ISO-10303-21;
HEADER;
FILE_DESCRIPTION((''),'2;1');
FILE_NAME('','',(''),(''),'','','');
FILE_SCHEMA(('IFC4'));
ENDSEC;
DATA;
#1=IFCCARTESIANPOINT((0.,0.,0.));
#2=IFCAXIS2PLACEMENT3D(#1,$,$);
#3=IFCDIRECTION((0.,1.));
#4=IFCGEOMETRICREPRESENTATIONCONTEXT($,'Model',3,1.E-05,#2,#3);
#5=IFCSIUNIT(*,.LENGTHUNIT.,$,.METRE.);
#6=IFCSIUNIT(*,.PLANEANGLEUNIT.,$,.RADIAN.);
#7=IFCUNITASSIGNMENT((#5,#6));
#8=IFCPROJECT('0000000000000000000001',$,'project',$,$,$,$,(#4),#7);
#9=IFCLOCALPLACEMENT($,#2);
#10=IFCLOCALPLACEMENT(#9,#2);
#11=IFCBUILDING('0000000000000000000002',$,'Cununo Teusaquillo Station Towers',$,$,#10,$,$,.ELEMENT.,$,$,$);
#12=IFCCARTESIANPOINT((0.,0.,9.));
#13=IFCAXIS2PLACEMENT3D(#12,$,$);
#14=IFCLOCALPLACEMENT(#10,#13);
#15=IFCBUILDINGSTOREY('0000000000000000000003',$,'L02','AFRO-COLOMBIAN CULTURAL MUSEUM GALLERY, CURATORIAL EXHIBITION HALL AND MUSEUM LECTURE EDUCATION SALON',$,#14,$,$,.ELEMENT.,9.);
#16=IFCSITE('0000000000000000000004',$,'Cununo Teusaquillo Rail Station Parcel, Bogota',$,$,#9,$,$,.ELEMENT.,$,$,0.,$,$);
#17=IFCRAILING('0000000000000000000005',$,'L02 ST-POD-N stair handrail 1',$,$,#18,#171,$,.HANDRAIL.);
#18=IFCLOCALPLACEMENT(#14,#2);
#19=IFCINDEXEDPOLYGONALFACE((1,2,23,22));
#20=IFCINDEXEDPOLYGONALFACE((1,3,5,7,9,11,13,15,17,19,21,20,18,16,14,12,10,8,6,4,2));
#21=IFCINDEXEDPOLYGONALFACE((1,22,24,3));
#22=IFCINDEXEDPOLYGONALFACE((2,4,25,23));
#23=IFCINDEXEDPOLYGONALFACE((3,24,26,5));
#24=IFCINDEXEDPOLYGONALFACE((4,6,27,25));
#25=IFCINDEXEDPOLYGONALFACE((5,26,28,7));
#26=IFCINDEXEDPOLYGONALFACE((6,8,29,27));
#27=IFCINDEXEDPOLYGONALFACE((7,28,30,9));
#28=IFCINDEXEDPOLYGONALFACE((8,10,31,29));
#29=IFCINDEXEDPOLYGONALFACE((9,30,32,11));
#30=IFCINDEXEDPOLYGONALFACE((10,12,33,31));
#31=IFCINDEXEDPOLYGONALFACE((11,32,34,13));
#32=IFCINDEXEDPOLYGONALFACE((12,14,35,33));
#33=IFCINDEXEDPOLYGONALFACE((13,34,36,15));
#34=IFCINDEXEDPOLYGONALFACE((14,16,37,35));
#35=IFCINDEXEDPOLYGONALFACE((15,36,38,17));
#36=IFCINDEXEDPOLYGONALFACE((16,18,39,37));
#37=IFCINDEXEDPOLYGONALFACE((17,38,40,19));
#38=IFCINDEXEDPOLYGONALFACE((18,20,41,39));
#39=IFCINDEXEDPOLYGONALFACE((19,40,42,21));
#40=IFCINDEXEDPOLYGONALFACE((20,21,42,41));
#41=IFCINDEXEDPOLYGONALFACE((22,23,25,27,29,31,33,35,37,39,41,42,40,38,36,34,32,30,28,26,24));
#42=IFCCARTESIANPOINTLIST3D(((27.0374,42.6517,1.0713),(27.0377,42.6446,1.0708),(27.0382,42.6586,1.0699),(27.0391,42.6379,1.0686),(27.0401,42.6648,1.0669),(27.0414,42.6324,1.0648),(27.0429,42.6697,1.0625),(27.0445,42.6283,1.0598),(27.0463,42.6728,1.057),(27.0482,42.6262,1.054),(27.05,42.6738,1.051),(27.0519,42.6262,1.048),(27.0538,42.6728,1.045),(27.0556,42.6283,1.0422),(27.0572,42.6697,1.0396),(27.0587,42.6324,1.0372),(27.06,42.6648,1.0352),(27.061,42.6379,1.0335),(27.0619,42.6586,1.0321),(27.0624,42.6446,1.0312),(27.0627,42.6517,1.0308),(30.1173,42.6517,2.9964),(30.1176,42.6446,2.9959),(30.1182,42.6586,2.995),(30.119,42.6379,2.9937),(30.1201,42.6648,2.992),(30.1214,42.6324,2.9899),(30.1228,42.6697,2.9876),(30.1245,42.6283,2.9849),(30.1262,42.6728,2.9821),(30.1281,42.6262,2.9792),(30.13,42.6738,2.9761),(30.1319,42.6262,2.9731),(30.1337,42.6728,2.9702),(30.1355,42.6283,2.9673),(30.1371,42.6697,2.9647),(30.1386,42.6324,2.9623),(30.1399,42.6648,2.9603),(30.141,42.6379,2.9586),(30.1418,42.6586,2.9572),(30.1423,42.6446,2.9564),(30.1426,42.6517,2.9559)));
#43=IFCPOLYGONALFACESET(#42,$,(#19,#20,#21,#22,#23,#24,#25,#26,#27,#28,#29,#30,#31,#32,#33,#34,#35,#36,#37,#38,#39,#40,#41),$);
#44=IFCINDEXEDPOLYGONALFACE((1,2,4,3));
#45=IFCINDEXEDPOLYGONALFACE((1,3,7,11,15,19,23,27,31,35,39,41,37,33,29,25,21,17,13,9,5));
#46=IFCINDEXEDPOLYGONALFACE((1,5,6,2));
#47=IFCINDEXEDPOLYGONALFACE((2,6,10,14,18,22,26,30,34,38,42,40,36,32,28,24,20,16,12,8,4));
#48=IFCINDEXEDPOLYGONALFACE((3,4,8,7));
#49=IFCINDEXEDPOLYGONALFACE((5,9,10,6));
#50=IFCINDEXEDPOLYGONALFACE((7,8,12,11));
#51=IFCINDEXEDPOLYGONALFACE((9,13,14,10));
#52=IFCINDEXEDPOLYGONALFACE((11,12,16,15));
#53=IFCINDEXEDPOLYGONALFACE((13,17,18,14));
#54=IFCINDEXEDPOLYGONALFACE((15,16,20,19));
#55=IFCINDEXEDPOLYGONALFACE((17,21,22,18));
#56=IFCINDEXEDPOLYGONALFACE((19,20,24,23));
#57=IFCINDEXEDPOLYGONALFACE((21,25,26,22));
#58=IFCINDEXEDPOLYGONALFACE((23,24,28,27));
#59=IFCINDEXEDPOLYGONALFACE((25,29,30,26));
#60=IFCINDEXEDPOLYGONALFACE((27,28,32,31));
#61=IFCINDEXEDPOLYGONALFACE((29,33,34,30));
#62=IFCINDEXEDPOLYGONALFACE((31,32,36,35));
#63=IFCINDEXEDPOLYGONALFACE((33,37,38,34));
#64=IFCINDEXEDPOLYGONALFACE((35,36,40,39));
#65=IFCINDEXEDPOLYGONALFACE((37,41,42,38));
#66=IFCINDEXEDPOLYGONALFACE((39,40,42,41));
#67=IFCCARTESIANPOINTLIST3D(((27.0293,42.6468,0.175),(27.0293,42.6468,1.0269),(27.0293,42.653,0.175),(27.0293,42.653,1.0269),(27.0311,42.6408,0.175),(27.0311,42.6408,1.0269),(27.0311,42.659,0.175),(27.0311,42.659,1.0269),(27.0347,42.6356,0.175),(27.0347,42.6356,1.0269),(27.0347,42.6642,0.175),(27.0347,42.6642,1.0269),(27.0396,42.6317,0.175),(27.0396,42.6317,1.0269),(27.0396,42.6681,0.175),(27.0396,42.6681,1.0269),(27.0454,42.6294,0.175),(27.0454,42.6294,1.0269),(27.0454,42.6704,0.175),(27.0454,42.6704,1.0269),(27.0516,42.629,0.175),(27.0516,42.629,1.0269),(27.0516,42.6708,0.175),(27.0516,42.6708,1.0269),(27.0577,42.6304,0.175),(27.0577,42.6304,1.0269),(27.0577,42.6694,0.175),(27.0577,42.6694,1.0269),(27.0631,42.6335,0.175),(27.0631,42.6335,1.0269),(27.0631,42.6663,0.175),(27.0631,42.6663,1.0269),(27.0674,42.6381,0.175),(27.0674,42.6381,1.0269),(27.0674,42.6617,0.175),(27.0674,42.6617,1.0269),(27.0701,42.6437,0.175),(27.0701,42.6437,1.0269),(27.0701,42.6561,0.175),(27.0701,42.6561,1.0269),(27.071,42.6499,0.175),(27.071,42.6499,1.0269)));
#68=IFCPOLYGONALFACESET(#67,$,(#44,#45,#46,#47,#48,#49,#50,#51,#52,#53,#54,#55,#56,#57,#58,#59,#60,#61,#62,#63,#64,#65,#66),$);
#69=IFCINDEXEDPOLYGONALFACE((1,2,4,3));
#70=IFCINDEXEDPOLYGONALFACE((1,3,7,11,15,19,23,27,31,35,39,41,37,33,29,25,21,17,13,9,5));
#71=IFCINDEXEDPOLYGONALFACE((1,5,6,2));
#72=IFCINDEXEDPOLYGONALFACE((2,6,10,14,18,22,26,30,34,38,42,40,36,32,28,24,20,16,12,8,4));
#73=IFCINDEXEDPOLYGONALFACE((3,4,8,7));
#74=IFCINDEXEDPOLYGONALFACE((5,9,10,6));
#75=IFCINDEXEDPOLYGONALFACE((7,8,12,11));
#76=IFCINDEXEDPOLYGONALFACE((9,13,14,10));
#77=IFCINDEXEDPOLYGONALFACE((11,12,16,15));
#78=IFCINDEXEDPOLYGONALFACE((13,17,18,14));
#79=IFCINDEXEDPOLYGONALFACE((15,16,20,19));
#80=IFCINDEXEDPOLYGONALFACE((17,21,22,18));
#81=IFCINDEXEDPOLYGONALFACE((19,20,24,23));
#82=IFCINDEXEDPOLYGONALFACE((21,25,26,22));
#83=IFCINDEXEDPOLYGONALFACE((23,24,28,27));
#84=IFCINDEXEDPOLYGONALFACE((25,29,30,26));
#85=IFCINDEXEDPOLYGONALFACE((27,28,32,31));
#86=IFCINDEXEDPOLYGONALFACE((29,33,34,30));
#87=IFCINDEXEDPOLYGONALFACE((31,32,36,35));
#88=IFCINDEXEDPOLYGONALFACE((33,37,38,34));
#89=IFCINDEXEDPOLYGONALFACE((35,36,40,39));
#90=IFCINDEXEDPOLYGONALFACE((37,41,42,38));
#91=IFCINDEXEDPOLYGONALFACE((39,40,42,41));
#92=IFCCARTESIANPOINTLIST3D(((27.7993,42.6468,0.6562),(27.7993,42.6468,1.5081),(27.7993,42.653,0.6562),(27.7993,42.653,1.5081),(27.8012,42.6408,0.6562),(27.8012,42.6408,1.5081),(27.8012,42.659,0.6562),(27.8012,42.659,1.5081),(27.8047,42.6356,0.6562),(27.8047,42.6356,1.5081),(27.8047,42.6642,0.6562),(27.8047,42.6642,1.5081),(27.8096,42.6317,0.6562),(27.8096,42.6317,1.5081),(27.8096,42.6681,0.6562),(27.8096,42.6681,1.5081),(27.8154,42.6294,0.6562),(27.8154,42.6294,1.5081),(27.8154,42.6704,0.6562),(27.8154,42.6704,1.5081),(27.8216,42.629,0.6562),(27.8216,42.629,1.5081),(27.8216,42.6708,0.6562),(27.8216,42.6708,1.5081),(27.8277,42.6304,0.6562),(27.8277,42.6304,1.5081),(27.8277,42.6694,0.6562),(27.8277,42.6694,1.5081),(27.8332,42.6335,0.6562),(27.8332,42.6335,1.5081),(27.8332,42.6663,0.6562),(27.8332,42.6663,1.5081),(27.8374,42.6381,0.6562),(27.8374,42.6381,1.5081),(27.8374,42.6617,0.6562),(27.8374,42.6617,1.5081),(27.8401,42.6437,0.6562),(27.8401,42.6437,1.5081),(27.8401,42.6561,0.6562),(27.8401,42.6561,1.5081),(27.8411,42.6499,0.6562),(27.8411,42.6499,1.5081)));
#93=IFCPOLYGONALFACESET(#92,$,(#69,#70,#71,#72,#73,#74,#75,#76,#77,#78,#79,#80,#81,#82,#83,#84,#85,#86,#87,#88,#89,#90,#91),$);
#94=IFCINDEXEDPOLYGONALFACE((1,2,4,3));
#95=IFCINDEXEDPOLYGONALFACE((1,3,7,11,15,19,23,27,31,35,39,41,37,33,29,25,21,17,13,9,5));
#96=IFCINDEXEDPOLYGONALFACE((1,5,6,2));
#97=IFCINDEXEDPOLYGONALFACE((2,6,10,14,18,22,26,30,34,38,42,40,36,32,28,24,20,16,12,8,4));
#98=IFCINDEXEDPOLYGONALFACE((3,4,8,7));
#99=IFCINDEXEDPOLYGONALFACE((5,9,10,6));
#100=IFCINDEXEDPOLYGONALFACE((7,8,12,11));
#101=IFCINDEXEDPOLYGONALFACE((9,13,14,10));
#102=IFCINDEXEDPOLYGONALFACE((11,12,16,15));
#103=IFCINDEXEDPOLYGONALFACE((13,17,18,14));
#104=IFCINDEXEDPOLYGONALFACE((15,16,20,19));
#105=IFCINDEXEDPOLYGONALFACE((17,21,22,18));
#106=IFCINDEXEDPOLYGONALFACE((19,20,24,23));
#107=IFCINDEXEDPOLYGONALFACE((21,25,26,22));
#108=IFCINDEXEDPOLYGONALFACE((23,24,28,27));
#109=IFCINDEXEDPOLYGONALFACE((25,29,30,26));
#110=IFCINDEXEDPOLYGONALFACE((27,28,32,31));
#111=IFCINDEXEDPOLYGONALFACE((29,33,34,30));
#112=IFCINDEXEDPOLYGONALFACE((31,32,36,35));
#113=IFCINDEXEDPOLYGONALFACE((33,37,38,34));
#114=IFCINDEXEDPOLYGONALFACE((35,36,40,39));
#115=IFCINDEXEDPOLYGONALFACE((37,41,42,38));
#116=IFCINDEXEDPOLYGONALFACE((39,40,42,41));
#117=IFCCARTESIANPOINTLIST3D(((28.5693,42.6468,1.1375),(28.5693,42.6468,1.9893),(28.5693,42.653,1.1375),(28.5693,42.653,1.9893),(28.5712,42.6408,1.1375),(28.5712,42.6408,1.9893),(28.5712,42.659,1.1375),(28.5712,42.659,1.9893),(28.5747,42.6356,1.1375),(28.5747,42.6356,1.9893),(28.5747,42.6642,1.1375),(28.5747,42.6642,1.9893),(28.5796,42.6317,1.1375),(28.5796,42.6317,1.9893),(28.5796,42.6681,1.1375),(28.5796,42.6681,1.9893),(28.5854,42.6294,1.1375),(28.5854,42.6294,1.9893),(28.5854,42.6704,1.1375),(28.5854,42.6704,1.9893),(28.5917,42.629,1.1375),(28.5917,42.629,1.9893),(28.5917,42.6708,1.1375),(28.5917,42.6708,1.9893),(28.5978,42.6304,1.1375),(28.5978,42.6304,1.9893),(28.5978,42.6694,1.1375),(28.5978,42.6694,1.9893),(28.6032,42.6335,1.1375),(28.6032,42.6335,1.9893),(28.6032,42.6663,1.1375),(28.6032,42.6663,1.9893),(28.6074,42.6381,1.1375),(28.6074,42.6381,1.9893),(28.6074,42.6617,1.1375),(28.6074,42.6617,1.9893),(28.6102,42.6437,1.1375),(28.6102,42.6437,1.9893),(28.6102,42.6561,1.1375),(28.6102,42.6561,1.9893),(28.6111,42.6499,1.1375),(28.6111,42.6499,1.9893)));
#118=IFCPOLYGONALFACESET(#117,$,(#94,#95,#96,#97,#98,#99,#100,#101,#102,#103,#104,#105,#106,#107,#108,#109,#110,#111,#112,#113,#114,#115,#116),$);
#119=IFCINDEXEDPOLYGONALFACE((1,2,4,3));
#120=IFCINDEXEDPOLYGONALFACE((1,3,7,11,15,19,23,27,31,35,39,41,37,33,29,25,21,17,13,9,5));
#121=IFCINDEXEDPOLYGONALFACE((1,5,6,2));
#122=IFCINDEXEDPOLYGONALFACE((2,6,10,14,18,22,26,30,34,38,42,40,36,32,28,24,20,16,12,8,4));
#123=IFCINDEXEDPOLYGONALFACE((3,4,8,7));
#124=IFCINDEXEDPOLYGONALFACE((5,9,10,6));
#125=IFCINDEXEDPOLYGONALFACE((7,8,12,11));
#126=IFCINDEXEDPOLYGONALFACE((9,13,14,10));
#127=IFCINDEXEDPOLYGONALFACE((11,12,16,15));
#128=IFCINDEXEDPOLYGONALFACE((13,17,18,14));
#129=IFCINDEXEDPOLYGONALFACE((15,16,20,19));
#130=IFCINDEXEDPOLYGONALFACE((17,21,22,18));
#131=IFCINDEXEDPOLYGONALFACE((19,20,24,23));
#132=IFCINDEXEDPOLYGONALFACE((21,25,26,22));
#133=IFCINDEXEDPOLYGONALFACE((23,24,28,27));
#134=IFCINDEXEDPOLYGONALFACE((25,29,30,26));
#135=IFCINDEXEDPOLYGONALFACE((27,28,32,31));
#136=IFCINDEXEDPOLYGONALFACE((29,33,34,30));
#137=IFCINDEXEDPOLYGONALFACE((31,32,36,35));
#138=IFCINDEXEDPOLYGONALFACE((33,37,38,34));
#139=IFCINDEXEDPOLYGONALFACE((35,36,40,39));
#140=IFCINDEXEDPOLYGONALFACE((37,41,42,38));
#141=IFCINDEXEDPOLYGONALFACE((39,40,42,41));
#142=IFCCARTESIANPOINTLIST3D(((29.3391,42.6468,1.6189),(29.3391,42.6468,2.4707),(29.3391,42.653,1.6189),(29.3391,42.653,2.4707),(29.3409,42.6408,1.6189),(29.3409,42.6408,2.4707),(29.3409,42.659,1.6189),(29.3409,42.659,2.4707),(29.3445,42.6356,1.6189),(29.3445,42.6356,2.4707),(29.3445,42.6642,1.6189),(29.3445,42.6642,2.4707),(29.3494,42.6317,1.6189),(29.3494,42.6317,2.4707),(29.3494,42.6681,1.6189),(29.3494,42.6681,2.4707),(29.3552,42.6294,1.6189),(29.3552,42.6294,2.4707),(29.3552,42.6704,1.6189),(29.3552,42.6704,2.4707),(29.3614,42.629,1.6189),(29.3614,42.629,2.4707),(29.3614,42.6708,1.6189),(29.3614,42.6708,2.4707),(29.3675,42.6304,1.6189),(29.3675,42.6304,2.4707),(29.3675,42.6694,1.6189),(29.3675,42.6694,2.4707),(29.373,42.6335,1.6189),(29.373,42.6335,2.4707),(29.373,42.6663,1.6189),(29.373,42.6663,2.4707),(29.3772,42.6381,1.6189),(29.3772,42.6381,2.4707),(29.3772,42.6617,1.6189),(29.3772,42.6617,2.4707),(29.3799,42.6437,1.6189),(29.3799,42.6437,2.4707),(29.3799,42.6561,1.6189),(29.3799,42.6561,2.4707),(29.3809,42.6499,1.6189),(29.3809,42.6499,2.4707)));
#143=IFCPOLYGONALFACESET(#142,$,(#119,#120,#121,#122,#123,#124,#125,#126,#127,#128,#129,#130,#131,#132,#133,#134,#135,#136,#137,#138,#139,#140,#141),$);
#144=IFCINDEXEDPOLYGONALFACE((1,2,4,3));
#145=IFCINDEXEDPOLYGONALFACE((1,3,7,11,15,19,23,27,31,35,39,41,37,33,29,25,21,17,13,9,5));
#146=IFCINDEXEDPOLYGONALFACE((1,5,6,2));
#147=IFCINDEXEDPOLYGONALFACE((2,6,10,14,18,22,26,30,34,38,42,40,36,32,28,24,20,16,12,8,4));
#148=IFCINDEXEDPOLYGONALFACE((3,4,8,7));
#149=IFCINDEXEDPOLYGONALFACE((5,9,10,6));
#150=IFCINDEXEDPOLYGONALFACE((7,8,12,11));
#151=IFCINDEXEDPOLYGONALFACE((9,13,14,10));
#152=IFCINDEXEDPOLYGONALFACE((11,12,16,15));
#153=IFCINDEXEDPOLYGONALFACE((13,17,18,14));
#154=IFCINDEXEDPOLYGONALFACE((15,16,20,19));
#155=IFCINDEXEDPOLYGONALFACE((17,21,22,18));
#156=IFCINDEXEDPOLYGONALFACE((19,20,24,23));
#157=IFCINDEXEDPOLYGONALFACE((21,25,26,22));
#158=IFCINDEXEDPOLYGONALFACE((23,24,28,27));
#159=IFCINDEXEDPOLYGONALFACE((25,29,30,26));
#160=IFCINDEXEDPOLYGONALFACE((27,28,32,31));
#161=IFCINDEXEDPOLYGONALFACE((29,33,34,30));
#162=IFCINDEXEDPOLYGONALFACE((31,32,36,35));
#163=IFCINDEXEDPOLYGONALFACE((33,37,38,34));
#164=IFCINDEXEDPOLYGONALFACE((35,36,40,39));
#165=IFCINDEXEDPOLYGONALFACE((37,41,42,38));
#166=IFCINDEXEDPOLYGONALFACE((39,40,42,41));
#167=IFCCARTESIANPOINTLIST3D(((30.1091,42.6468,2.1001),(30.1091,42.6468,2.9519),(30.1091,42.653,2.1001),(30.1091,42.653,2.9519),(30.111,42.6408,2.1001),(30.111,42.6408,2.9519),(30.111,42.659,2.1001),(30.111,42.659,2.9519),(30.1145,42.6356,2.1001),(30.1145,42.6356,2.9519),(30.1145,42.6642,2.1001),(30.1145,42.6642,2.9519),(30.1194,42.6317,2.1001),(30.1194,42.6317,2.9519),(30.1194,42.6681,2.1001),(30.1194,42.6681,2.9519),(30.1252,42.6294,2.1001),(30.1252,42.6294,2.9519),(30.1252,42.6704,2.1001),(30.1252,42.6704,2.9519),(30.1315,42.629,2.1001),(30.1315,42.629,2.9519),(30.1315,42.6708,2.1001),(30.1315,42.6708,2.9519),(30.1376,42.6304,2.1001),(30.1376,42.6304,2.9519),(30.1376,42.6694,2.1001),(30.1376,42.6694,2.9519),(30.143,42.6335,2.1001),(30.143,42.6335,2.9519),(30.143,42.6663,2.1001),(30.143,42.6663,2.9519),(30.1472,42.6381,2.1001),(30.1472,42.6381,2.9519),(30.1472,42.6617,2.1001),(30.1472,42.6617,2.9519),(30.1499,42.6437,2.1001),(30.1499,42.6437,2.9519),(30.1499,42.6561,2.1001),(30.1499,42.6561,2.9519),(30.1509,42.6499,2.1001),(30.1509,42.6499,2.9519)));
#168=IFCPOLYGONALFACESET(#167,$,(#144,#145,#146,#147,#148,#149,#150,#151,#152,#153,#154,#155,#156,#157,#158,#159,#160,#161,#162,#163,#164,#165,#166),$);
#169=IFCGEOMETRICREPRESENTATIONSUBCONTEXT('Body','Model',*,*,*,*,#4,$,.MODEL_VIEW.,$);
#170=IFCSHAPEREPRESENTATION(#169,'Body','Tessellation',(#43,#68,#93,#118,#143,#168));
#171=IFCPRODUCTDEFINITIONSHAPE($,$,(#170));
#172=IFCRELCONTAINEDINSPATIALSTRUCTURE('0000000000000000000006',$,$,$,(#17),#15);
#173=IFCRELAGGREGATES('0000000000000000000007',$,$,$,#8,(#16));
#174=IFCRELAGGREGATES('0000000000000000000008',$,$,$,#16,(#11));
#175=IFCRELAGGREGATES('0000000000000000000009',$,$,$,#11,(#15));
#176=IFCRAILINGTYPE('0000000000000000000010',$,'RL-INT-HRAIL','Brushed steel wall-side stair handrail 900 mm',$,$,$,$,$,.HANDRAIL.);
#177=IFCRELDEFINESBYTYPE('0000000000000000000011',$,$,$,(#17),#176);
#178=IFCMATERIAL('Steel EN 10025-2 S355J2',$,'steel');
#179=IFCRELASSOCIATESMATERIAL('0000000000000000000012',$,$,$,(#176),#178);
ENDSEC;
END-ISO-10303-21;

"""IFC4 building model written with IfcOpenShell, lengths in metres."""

from ifc_helpers import new_model, si_unit, direction, frame, origin, origin_2d, place, context, subcontext, project, spatial, circle, extrude, material, type_object, element, save


model = new_model("IFC4")

# Units and contexts
model_context = context("Model", 3, precision=1e-05, world=origin(), true_north=direction((0.0, 1.0)))
body_context = subcontext(model_context, "Body", "Model", "MODEL_VIEW")
ifc_project = project(units=[si_unit("LENGTHUNIT", "METRE"), si_unit("PLANEANGLEUNIT", "RADIAN")], contexts=[model_context])

# Site, building, storey
site_placement = place(None, origin())
site = spatial("IfcSite", under=ifc_project, at=site_placement, Name="Cununo Teusaquillo Rail Station Parcel, Bogota", CompositionType="ELEMENT", RefElevation=0.0)
building_placement = place(site_placement, origin())
building = spatial("IfcBuilding", under=site, at=building_placement, Name="Cununo Teusaquillo Station Towers", CompositionType="ELEMENT")
storey_placement = place(building_placement, frame((0.0, 0.0, 9.0)))
storey = spatial("IfcBuildingStorey", under=building, at=storey_placement, Name="L02", Description="AFRO-COLOMBIAN CULTURAL MUSEUM GALLERY, CURATORIAL EXHIBITION HALL AND MUSEUM LECTURE EDUCATION SALON", CompositionType="ELEMENT", Elevation=9.0)

# Railing
ifc_material_1 = material(Name="Steel EN 10025-2 S355J2", Category="steel")
railing_type_1 = type_object("IfcRailingType", Name="RL-INT-HRAIL", Description="Brushed steel wall-side stair handrail 900 mm", PredefinedType="HANDRAIL", material=ifc_material_1)
railing_1_placement = place(storey_placement, frame((27.05, 42.6499, 0.175)))
element("IfcRailing", 1, at=railing_1_placement, inside=storey, type_object=railing_type_1, Name="L02 ST-POD-N stair handrail 1", PredefinedType="HANDRAIL", context=body_context, shape_type="SweptSolid", body=[
    extrude(circle(Radius=0.0239, at=origin_2d()), frame((0.0, 0.0, 0.876), z_axis=(0.847979, 0.0, 0.530029), x_axis=(0.0, 1.0, 0.0)), (0.0, 0.0, 1.0), 3.6321),
    extrude(circle(Radius=0.021, at=origin_2d()), origin(), (0.0, 0.0, 1.0), 0.8518),
    extrude(circle(Radius=0.021, at=origin_2d()), frame((0.77, 0.0, 0.4812)), (0.0, 0.0, 1.0), 0.8518),
    extrude(circle(Radius=0.021, at=origin_2d()), frame((1.54, 0.0, 0.9624)), (0.0, 0.0, 1.0), 0.8518),
    extrude(circle(Radius=0.021, at=origin_2d()), frame((2.3098, 0.0, 1.4438)), (0.0, 0.0, 1.0), 0.8518),
    extrude(circle(Radius=0.021, at=origin_2d()), frame((3.0798, 0.0, 1.925)), (0.0, 0.0, 1.0), 0.8518),
])

save(model, "model.ifc")
